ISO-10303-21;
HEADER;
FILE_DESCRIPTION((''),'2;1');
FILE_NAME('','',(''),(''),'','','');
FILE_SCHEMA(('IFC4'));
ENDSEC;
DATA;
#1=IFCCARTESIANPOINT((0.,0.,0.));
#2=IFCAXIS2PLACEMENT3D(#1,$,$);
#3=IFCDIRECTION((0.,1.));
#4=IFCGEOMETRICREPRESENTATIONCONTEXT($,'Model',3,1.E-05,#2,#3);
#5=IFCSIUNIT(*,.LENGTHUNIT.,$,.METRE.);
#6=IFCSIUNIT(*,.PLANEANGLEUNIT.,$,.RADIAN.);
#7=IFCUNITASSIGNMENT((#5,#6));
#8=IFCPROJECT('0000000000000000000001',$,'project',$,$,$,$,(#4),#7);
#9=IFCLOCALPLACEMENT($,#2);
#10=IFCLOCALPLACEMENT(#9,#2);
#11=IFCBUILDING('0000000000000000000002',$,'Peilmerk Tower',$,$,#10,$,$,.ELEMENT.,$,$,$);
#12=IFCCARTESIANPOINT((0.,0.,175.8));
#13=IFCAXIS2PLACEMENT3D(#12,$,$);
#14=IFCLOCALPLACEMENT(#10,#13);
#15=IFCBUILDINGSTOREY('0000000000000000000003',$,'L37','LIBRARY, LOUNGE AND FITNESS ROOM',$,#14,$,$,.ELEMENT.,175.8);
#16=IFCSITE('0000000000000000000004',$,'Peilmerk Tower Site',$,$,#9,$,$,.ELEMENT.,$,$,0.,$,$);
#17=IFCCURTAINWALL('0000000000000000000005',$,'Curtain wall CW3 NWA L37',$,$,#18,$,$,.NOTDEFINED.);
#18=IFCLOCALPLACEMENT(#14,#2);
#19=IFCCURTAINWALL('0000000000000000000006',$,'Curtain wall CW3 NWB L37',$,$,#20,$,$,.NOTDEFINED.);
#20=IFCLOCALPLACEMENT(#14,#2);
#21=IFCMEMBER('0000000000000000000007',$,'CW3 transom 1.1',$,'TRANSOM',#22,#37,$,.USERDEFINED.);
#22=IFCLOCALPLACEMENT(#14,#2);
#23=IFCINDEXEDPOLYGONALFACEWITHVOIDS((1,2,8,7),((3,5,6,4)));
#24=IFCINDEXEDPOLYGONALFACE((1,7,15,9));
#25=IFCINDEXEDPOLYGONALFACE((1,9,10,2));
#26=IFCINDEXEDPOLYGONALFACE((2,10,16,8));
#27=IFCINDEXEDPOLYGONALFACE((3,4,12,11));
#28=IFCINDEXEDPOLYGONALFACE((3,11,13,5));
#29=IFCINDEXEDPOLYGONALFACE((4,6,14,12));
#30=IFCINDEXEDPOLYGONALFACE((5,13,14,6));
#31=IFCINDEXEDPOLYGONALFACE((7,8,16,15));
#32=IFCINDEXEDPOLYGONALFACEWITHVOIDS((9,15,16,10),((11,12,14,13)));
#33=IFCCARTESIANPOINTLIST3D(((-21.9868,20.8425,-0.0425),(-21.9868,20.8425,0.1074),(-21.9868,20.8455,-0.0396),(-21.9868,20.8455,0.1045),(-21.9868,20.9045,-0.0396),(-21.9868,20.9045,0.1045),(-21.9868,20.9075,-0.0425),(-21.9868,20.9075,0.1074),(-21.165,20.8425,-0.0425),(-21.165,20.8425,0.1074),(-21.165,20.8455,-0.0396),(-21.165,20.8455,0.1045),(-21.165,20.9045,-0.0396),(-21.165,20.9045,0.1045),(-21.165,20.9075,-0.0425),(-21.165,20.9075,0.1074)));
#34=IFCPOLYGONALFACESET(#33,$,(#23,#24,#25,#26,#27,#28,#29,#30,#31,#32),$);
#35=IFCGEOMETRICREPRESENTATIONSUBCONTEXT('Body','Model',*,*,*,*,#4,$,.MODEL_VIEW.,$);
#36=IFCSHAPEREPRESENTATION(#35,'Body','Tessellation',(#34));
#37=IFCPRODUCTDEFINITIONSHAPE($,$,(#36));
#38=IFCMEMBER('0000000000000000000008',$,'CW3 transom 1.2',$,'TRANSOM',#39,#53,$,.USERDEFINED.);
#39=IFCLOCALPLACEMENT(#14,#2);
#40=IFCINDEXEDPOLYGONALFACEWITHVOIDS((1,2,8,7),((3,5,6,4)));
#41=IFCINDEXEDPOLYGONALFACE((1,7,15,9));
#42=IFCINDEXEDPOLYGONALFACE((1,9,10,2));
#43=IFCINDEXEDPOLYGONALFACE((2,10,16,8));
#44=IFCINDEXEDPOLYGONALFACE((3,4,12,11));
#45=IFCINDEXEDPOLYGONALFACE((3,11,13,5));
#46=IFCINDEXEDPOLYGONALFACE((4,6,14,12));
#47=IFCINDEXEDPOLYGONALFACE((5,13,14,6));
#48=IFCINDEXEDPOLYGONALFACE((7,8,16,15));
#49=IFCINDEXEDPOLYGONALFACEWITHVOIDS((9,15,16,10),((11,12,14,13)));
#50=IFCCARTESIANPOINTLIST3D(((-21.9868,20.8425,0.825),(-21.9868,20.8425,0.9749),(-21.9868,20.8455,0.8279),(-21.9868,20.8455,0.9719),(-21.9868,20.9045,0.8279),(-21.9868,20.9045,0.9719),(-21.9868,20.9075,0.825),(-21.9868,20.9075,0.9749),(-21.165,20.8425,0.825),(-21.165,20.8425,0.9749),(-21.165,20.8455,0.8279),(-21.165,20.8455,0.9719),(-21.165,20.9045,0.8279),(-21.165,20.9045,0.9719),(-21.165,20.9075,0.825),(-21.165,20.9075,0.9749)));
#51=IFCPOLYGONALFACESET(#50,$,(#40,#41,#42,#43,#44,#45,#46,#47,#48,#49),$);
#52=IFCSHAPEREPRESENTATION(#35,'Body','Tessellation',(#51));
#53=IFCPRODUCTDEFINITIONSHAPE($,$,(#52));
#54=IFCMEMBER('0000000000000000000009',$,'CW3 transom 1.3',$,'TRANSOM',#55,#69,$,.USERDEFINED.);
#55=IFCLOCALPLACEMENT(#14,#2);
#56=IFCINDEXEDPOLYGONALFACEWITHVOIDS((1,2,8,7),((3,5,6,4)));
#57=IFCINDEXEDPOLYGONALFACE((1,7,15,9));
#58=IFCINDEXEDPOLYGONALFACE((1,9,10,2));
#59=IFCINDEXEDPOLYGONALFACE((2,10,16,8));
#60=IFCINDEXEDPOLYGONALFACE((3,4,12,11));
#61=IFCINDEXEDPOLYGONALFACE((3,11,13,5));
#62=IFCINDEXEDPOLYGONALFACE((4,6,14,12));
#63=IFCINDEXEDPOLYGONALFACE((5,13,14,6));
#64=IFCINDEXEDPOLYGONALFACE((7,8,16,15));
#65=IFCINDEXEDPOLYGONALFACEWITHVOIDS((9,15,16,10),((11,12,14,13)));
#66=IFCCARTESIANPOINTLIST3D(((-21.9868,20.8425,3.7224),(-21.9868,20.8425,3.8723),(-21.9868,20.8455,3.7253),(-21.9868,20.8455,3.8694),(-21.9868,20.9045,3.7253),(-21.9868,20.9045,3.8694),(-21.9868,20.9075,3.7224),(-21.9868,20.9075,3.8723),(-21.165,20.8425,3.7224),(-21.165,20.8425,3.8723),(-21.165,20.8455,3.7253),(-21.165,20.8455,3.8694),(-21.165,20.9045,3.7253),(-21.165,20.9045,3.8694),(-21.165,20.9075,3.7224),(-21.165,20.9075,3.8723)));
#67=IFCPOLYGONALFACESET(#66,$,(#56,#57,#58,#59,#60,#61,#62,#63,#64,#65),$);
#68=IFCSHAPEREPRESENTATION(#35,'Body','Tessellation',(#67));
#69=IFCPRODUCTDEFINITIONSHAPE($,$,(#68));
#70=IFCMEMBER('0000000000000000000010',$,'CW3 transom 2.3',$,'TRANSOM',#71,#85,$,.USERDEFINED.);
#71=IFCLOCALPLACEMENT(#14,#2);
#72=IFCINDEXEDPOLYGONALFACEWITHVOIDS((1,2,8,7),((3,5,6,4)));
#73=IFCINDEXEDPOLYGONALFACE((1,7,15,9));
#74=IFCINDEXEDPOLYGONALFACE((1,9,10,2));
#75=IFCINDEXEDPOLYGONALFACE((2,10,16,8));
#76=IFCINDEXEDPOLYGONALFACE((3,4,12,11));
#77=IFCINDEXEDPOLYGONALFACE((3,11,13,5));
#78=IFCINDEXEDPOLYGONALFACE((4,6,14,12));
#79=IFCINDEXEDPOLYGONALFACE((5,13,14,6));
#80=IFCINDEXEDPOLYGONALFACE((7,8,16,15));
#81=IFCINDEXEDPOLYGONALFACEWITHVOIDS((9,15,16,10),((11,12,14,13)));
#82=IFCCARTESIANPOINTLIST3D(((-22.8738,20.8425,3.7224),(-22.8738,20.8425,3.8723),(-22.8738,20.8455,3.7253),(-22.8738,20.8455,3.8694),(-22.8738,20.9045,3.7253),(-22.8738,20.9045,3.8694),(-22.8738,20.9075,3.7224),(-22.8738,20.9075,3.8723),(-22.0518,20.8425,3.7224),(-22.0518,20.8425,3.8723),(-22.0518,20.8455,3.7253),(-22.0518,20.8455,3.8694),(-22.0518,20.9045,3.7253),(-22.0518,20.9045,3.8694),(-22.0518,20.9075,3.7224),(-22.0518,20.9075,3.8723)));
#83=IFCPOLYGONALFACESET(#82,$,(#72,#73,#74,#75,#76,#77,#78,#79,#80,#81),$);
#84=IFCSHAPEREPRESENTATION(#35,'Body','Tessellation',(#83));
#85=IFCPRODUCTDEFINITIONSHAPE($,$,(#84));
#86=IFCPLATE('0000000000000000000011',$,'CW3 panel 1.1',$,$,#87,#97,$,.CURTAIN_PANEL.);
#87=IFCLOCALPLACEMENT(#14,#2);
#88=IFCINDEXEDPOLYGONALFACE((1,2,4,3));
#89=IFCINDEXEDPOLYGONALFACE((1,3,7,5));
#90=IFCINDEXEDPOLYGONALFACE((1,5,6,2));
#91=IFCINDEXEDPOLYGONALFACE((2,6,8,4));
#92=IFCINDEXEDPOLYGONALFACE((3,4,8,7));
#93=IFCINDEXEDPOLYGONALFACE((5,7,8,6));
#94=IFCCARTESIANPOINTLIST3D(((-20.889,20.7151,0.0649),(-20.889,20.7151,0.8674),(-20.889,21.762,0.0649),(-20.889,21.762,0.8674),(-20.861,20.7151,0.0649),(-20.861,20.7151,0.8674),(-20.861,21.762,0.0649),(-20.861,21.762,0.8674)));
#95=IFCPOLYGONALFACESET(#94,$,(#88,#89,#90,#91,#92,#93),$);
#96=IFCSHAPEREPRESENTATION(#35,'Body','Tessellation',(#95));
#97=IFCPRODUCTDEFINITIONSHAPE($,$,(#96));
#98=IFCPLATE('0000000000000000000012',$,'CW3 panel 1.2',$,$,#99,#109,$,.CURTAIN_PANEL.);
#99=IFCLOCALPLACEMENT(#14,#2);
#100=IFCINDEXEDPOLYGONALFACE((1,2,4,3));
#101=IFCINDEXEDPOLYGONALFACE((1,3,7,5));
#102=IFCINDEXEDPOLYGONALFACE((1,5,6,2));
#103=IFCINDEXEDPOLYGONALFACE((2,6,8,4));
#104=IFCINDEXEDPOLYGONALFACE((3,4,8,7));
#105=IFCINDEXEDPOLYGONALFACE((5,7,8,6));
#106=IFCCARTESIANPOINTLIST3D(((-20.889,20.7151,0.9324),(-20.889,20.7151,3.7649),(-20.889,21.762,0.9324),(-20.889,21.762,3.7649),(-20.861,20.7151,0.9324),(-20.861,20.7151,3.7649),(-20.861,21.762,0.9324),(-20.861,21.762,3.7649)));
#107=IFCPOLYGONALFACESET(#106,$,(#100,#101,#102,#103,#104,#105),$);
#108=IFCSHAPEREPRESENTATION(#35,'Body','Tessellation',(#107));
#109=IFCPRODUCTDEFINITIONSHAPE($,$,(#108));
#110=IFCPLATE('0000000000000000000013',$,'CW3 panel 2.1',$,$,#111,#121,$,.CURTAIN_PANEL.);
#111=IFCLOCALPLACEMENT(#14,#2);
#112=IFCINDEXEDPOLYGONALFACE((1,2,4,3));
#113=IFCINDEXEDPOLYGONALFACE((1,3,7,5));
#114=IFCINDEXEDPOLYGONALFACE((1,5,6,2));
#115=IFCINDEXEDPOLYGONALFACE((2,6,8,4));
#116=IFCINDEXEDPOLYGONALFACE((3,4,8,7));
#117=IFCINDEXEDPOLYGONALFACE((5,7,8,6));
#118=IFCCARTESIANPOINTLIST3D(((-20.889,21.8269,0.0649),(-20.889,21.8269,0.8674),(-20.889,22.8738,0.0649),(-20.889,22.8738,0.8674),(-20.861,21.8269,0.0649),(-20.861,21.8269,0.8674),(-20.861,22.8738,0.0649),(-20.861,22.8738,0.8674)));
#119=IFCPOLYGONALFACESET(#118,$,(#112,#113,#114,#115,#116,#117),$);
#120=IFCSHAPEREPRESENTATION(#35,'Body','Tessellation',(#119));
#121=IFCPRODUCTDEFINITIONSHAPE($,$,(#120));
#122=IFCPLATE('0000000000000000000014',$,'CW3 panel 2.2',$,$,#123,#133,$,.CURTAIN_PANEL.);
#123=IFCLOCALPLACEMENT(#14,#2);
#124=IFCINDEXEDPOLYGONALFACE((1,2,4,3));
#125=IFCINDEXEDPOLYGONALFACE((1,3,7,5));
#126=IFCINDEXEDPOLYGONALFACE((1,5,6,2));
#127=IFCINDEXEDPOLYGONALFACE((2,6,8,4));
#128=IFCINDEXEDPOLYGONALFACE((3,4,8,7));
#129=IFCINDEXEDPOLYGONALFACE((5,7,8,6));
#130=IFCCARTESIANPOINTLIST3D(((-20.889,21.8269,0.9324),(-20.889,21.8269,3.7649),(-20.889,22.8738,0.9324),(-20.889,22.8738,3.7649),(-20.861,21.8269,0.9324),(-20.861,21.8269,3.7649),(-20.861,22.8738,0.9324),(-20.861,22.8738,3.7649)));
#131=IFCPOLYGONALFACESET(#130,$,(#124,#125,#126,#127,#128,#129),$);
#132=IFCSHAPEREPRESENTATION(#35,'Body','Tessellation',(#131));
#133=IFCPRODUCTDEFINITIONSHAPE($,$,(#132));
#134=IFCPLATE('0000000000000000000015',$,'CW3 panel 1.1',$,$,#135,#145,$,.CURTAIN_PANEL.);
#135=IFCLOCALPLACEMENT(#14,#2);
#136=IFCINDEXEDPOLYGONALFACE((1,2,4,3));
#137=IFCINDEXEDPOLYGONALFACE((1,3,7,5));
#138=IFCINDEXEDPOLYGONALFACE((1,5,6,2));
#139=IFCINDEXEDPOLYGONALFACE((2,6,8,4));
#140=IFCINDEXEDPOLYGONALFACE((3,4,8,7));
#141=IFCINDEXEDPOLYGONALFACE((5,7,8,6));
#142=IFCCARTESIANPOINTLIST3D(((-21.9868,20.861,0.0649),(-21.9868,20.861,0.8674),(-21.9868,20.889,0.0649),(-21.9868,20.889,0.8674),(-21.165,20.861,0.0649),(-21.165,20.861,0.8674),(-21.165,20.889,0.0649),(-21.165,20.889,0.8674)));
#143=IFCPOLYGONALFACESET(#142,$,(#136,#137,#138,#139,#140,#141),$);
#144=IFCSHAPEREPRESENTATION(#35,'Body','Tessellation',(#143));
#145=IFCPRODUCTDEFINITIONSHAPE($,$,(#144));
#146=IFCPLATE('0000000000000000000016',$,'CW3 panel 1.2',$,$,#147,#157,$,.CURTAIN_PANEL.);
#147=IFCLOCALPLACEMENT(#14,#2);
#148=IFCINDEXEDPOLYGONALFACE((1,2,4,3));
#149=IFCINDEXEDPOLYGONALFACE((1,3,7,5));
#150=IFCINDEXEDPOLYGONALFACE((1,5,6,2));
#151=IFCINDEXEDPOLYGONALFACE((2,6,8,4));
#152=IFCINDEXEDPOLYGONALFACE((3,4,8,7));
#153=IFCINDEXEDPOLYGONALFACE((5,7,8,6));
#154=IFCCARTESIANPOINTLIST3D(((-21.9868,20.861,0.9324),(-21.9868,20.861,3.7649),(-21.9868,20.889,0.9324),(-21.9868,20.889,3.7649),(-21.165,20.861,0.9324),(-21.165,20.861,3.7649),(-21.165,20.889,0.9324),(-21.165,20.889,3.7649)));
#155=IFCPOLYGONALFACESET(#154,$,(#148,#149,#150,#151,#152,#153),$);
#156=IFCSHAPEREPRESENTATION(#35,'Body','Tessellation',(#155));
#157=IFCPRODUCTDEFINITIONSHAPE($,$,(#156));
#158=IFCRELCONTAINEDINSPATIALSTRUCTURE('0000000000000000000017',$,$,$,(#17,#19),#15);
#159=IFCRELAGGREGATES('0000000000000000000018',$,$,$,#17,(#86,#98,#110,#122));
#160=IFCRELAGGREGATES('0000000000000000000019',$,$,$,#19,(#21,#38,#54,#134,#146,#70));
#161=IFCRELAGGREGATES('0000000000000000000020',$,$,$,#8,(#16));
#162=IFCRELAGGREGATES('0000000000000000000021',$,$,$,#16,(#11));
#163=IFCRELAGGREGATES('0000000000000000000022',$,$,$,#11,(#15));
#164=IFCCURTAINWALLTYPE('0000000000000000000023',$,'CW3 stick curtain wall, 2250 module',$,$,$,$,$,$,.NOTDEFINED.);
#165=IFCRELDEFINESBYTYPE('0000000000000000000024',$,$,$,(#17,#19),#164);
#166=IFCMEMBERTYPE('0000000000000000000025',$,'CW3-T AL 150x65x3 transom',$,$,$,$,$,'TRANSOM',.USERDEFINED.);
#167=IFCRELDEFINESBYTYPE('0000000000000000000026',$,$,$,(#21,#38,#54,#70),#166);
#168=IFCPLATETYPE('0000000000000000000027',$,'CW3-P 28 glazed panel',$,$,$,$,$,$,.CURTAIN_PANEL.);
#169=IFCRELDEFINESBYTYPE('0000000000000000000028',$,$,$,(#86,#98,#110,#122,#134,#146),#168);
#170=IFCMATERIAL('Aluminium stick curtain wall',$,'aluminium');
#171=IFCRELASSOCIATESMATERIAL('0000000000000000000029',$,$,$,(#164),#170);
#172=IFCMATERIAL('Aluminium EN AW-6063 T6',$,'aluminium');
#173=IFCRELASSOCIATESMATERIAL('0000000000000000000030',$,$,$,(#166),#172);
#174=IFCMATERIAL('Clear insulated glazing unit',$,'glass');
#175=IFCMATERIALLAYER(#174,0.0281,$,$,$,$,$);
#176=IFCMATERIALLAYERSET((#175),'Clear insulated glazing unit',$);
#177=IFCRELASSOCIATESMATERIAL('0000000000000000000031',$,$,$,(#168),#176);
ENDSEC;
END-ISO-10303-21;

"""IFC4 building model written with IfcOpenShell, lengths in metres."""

from ifc_helpers import new_model, si_unit, direction, frame, origin, origin_2d, place, context, subcontext, project, spatial, rectangle, hollow_rectangle, extrude, material, layer, layer_set, material_profile, profile_set, type_object, element, aggregate, save


model = new_model("IFC4")

# Units and contexts
model_context = context("Model", 3, precision=1e-05, world=origin(), true_north=direction((0.0, 1.0)))
body_context = subcontext(model_context, "Body", "Model", "MODEL_VIEW")
ifc_project = project(units=[si_unit("LENGTHUNIT", "METRE"), si_unit("PLANEANGLEUNIT", "RADIAN")], contexts=[model_context])

# Site, building, storey
site_placement = place(None, origin())
site = spatial("IfcSite", under=ifc_project, at=site_placement, Name="Peilmerk Tower Site", CompositionType="ELEMENT", RefElevation=0.0)
building_placement = place(site_placement, origin())
building = spatial("IfcBuilding", under=site, at=building_placement, Name="Peilmerk Tower", CompositionType="ELEMENT")
storey_placement = place(building_placement, frame((0.0, 0.0, 175.8)))
storey = spatial("IfcBuildingStorey", under=building, at=storey_placement, Name="L37", Description="LIBRARY, LOUNGE AND FITNESS ROOM", CompositionType="ELEMENT", Elevation=175.8)

# Curtain walls
ifc_material_1 = material(Name="Aluminium stick curtain wall", Category="aluminium")
curtain_wall_type = type_object("IfcCurtainWallType", Name="CW3 stick curtain wall, 2250 module", PredefinedType="NOTDEFINED", material=ifc_material_1)
curtain_wall_1_placement = place(storey_placement, origin())
curtain_wall_1 = element("IfcCurtainWall", 1, at=curtain_wall_1_placement, inside=storey, type_object=curtain_wall_type, Name="Curtain wall CW3 NWA L37", PredefinedType="NOTDEFINED")
ifc_material_2 = material(Name="Aluminium EN AW-6063 T6", Category="aluminium")
curtain_wall_2_placement = place(storey_placement, origin())
curtain_wall_2 = element("IfcCurtainWall", 2, at=curtain_wall_2_placement, inside=storey, type_object=curtain_wall_type, Name="Curtain wall CW3 NWB L37", PredefinedType="NOTDEFINED")

# Members
ifc_material_profile_1 = material_profile(ifc_material_2, hollow_rectangle(XDim=0.0649, YDim=0.1499, WallThickness=0.0029, at=origin_2d()), Name="AL 150x65x3")
ifc_profile_set_1 = profile_set([ifc_material_profile_1], Name="Aluminium EN AW-6063 T6")
member_type_1 = type_object("IfcMemberType", Name="CW3-T AL 150x65x3 transom", ElementType="TRANSOM", PredefinedType="USERDEFINED", material=ifc_profile_set_1)
member_1_placement = place(storey_placement, frame((-21.165, 20.875, 0.0325), z_axis=(-1.0, 0.0, 0.0), x_axis=(0.0, -1.0, 0.0)))
member_1 = element("IfcMember", 3, at=member_1_placement, type_object=member_type_1, Name="CW3 transom 1.1", ObjectType="TRANSOM", PredefinedType="USERDEFINED", context=body_context, shape_type="SweptSolid", body=[
    extrude(hollow_rectangle(XDim=0.0649, YDim=0.1499, WallThickness=0.0029, at=origin_2d()), origin(), (0.0, 0.0, 1.0), 0.8218),
])
member_2_placement = place(storey_placement, frame((-21.165, 20.875, 0.8999), z_axis=(-1.0, 0.0, 0.0), x_axis=(0.0, -1.0, 0.0)))
member_2 = element("IfcMember", 4, at=member_2_placement, type_object=member_type_1, Name="CW3 transom 1.2", ObjectType="TRANSOM", PredefinedType="USERDEFINED", context=body_context, shape_type="SweptSolid", body=[
    extrude(hollow_rectangle(XDim=0.0649, YDim=0.1499, WallThickness=0.0029, at=origin_2d()), origin(), (0.0, 0.0, 1.0), 0.8218),
])
member_3_placement = place(storey_placement, frame((-21.165, 20.875, 3.7974), z_axis=(-1.0, 0.0, 0.0), x_axis=(0.0, -1.0, 0.0)))
member_3 = element("IfcMember", 5, at=member_3_placement, type_object=member_type_1, Name="CW3 transom 1.3", ObjectType="TRANSOM", PredefinedType="USERDEFINED", context=body_context, shape_type="SweptSolid", body=[
    extrude(hollow_rectangle(XDim=0.0649, YDim=0.1499, WallThickness=0.0029, at=origin_2d()), origin(), (0.0, 0.0, 1.0), 0.8218),
])
member_4_placement = place(storey_placement, frame((-22.0518, 20.875, 3.7974), z_axis=(-1.0, 0.0, 0.0), x_axis=(0.0, -1.0, 0.0)))
member_4 = element("IfcMember", 6, at=member_4_placement, type_object=member_type_1, Name="CW3 transom 2.3", ObjectType="TRANSOM", PredefinedType="USERDEFINED", context=body_context, shape_type="SweptSolid", body=[
    extrude(hollow_rectangle(XDim=0.0649, YDim=0.1499, WallThickness=0.0029, at=origin_2d()), origin(), (0.0, 0.0, 1.0), 0.822),
])

# Plates
ifc_material_3 = material(Name="Clear insulated glazing unit", Category="glass")
ifc_layer_1 = layer(ifc_material_3, 0.0281)
ifc_layer_set_1 = layer_set([ifc_layer_1], Name="Clear insulated glazing unit")
plate_type = type_object("IfcPlateType", Name="CW3-P 28 glazed panel", PredefinedType="CURTAIN_PANEL", material=ifc_layer_set_1)
plate_1_placement = place(storey_placement, frame((-20.875, 21.2385, 0.0649), z_axis=(0.0, 0.0, 1.0), x_axis=(0.0, 1.0, 0.0)))
plate_1 = element("IfcPlate", 7, at=plate_1_placement, type_object=plate_type, Name="CW3 panel 1.1", PredefinedType="CURTAIN_PANEL", context=body_context, shape_type="SweptSolid", body=[
    extrude(rectangle(XDim=1.0469, YDim=0.0281, at=origin_2d()), origin(), (0.0, 0.0, 1.0), 0.8025),
])
plate_2_placement = place(storey_placement, frame((-20.875, 21.2385, 0.9324), z_axis=(0.0, 0.0, 1.0), x_axis=(0.0, 1.0, 0.0)))
plate_2 = element("IfcPlate", 8, at=plate_2_placement, type_object=plate_type, Name="CW3 panel 1.2", PredefinedType="CURTAIN_PANEL", context=body_context, shape_type="SweptSolid", body=[
    extrude(rectangle(XDim=1.0469, YDim=0.0281, at=origin_2d()), origin(), (0.0, 0.0, 1.0), 2.8325),
])
plate_3_placement = place(storey_placement, frame((-20.875, 22.3503, 0.0649), z_axis=(0.0, 0.0, 1.0), x_axis=(0.0, 1.0, 0.0)))
plate_3 = element("IfcPlate", 9, at=plate_3_placement, type_object=plate_type, Name="CW3 panel 2.1", PredefinedType="CURTAIN_PANEL", context=body_context, shape_type="SweptSolid", body=[
    extrude(rectangle(XDim=1.0469, YDim=0.0281, at=origin_2d()), origin(), (0.0, 0.0, 1.0), 0.8025),
])
plate_4_placement = place(storey_placement, frame((-20.875, 22.3503, 0.9324), z_axis=(0.0, 0.0, 1.0), x_axis=(0.0, 1.0, 0.0)))
plate_4 = element("IfcPlate", 10, at=plate_4_placement, type_object=plate_type, Name="CW3 panel 2.2", PredefinedType="CURTAIN_PANEL", context=body_context, shape_type="SweptSolid", body=[
    extrude(rectangle(XDim=1.0469, YDim=0.0281, at=origin_2d()), origin(), (0.0, 0.0, 1.0), 2.8325),
])
aggregate(curtain_wall_1, [plate_1, plate_2, plate_3, plate_4])
plate_5_placement = place(storey_placement, frame((-21.5759, 20.875, 0.0649), z_axis=(0.0, 0.0, 1.0), x_axis=(-1.0, 0.0, 0.0)))
plate_5 = element("IfcPlate", 11, at=plate_5_placement, type_object=plate_type, Name="CW3 panel 1.1", PredefinedType="CURTAIN_PANEL", context=body_context, shape_type="SweptSolid", body=[
    extrude(rectangle(XDim=0.8218, YDim=0.0281, at=origin_2d()), origin(), (0.0, 0.0, 1.0), 0.8025),
])
plate_6_placement = place(storey_placement, frame((-21.5759, 20.875, 0.9324), z_axis=(0.0, 0.0, 1.0), x_axis=(-1.0, 0.0, 0.0)))
plate_6 = element("IfcPlate", 12, at=plate_6_placement, type_object=plate_type, Name="CW3 panel 1.2", PredefinedType="CURTAIN_PANEL", context=body_context, shape_type="SweptSolid", body=[
    extrude(rectangle(XDim=0.8218, YDim=0.0281, at=origin_2d()), origin(), (0.0, 0.0, 1.0), 2.8325),
])
aggregate(curtain_wall_2, [member_1, member_2, member_3, plate_5, plate_6, member_4])

save(model, "model.ifc")
